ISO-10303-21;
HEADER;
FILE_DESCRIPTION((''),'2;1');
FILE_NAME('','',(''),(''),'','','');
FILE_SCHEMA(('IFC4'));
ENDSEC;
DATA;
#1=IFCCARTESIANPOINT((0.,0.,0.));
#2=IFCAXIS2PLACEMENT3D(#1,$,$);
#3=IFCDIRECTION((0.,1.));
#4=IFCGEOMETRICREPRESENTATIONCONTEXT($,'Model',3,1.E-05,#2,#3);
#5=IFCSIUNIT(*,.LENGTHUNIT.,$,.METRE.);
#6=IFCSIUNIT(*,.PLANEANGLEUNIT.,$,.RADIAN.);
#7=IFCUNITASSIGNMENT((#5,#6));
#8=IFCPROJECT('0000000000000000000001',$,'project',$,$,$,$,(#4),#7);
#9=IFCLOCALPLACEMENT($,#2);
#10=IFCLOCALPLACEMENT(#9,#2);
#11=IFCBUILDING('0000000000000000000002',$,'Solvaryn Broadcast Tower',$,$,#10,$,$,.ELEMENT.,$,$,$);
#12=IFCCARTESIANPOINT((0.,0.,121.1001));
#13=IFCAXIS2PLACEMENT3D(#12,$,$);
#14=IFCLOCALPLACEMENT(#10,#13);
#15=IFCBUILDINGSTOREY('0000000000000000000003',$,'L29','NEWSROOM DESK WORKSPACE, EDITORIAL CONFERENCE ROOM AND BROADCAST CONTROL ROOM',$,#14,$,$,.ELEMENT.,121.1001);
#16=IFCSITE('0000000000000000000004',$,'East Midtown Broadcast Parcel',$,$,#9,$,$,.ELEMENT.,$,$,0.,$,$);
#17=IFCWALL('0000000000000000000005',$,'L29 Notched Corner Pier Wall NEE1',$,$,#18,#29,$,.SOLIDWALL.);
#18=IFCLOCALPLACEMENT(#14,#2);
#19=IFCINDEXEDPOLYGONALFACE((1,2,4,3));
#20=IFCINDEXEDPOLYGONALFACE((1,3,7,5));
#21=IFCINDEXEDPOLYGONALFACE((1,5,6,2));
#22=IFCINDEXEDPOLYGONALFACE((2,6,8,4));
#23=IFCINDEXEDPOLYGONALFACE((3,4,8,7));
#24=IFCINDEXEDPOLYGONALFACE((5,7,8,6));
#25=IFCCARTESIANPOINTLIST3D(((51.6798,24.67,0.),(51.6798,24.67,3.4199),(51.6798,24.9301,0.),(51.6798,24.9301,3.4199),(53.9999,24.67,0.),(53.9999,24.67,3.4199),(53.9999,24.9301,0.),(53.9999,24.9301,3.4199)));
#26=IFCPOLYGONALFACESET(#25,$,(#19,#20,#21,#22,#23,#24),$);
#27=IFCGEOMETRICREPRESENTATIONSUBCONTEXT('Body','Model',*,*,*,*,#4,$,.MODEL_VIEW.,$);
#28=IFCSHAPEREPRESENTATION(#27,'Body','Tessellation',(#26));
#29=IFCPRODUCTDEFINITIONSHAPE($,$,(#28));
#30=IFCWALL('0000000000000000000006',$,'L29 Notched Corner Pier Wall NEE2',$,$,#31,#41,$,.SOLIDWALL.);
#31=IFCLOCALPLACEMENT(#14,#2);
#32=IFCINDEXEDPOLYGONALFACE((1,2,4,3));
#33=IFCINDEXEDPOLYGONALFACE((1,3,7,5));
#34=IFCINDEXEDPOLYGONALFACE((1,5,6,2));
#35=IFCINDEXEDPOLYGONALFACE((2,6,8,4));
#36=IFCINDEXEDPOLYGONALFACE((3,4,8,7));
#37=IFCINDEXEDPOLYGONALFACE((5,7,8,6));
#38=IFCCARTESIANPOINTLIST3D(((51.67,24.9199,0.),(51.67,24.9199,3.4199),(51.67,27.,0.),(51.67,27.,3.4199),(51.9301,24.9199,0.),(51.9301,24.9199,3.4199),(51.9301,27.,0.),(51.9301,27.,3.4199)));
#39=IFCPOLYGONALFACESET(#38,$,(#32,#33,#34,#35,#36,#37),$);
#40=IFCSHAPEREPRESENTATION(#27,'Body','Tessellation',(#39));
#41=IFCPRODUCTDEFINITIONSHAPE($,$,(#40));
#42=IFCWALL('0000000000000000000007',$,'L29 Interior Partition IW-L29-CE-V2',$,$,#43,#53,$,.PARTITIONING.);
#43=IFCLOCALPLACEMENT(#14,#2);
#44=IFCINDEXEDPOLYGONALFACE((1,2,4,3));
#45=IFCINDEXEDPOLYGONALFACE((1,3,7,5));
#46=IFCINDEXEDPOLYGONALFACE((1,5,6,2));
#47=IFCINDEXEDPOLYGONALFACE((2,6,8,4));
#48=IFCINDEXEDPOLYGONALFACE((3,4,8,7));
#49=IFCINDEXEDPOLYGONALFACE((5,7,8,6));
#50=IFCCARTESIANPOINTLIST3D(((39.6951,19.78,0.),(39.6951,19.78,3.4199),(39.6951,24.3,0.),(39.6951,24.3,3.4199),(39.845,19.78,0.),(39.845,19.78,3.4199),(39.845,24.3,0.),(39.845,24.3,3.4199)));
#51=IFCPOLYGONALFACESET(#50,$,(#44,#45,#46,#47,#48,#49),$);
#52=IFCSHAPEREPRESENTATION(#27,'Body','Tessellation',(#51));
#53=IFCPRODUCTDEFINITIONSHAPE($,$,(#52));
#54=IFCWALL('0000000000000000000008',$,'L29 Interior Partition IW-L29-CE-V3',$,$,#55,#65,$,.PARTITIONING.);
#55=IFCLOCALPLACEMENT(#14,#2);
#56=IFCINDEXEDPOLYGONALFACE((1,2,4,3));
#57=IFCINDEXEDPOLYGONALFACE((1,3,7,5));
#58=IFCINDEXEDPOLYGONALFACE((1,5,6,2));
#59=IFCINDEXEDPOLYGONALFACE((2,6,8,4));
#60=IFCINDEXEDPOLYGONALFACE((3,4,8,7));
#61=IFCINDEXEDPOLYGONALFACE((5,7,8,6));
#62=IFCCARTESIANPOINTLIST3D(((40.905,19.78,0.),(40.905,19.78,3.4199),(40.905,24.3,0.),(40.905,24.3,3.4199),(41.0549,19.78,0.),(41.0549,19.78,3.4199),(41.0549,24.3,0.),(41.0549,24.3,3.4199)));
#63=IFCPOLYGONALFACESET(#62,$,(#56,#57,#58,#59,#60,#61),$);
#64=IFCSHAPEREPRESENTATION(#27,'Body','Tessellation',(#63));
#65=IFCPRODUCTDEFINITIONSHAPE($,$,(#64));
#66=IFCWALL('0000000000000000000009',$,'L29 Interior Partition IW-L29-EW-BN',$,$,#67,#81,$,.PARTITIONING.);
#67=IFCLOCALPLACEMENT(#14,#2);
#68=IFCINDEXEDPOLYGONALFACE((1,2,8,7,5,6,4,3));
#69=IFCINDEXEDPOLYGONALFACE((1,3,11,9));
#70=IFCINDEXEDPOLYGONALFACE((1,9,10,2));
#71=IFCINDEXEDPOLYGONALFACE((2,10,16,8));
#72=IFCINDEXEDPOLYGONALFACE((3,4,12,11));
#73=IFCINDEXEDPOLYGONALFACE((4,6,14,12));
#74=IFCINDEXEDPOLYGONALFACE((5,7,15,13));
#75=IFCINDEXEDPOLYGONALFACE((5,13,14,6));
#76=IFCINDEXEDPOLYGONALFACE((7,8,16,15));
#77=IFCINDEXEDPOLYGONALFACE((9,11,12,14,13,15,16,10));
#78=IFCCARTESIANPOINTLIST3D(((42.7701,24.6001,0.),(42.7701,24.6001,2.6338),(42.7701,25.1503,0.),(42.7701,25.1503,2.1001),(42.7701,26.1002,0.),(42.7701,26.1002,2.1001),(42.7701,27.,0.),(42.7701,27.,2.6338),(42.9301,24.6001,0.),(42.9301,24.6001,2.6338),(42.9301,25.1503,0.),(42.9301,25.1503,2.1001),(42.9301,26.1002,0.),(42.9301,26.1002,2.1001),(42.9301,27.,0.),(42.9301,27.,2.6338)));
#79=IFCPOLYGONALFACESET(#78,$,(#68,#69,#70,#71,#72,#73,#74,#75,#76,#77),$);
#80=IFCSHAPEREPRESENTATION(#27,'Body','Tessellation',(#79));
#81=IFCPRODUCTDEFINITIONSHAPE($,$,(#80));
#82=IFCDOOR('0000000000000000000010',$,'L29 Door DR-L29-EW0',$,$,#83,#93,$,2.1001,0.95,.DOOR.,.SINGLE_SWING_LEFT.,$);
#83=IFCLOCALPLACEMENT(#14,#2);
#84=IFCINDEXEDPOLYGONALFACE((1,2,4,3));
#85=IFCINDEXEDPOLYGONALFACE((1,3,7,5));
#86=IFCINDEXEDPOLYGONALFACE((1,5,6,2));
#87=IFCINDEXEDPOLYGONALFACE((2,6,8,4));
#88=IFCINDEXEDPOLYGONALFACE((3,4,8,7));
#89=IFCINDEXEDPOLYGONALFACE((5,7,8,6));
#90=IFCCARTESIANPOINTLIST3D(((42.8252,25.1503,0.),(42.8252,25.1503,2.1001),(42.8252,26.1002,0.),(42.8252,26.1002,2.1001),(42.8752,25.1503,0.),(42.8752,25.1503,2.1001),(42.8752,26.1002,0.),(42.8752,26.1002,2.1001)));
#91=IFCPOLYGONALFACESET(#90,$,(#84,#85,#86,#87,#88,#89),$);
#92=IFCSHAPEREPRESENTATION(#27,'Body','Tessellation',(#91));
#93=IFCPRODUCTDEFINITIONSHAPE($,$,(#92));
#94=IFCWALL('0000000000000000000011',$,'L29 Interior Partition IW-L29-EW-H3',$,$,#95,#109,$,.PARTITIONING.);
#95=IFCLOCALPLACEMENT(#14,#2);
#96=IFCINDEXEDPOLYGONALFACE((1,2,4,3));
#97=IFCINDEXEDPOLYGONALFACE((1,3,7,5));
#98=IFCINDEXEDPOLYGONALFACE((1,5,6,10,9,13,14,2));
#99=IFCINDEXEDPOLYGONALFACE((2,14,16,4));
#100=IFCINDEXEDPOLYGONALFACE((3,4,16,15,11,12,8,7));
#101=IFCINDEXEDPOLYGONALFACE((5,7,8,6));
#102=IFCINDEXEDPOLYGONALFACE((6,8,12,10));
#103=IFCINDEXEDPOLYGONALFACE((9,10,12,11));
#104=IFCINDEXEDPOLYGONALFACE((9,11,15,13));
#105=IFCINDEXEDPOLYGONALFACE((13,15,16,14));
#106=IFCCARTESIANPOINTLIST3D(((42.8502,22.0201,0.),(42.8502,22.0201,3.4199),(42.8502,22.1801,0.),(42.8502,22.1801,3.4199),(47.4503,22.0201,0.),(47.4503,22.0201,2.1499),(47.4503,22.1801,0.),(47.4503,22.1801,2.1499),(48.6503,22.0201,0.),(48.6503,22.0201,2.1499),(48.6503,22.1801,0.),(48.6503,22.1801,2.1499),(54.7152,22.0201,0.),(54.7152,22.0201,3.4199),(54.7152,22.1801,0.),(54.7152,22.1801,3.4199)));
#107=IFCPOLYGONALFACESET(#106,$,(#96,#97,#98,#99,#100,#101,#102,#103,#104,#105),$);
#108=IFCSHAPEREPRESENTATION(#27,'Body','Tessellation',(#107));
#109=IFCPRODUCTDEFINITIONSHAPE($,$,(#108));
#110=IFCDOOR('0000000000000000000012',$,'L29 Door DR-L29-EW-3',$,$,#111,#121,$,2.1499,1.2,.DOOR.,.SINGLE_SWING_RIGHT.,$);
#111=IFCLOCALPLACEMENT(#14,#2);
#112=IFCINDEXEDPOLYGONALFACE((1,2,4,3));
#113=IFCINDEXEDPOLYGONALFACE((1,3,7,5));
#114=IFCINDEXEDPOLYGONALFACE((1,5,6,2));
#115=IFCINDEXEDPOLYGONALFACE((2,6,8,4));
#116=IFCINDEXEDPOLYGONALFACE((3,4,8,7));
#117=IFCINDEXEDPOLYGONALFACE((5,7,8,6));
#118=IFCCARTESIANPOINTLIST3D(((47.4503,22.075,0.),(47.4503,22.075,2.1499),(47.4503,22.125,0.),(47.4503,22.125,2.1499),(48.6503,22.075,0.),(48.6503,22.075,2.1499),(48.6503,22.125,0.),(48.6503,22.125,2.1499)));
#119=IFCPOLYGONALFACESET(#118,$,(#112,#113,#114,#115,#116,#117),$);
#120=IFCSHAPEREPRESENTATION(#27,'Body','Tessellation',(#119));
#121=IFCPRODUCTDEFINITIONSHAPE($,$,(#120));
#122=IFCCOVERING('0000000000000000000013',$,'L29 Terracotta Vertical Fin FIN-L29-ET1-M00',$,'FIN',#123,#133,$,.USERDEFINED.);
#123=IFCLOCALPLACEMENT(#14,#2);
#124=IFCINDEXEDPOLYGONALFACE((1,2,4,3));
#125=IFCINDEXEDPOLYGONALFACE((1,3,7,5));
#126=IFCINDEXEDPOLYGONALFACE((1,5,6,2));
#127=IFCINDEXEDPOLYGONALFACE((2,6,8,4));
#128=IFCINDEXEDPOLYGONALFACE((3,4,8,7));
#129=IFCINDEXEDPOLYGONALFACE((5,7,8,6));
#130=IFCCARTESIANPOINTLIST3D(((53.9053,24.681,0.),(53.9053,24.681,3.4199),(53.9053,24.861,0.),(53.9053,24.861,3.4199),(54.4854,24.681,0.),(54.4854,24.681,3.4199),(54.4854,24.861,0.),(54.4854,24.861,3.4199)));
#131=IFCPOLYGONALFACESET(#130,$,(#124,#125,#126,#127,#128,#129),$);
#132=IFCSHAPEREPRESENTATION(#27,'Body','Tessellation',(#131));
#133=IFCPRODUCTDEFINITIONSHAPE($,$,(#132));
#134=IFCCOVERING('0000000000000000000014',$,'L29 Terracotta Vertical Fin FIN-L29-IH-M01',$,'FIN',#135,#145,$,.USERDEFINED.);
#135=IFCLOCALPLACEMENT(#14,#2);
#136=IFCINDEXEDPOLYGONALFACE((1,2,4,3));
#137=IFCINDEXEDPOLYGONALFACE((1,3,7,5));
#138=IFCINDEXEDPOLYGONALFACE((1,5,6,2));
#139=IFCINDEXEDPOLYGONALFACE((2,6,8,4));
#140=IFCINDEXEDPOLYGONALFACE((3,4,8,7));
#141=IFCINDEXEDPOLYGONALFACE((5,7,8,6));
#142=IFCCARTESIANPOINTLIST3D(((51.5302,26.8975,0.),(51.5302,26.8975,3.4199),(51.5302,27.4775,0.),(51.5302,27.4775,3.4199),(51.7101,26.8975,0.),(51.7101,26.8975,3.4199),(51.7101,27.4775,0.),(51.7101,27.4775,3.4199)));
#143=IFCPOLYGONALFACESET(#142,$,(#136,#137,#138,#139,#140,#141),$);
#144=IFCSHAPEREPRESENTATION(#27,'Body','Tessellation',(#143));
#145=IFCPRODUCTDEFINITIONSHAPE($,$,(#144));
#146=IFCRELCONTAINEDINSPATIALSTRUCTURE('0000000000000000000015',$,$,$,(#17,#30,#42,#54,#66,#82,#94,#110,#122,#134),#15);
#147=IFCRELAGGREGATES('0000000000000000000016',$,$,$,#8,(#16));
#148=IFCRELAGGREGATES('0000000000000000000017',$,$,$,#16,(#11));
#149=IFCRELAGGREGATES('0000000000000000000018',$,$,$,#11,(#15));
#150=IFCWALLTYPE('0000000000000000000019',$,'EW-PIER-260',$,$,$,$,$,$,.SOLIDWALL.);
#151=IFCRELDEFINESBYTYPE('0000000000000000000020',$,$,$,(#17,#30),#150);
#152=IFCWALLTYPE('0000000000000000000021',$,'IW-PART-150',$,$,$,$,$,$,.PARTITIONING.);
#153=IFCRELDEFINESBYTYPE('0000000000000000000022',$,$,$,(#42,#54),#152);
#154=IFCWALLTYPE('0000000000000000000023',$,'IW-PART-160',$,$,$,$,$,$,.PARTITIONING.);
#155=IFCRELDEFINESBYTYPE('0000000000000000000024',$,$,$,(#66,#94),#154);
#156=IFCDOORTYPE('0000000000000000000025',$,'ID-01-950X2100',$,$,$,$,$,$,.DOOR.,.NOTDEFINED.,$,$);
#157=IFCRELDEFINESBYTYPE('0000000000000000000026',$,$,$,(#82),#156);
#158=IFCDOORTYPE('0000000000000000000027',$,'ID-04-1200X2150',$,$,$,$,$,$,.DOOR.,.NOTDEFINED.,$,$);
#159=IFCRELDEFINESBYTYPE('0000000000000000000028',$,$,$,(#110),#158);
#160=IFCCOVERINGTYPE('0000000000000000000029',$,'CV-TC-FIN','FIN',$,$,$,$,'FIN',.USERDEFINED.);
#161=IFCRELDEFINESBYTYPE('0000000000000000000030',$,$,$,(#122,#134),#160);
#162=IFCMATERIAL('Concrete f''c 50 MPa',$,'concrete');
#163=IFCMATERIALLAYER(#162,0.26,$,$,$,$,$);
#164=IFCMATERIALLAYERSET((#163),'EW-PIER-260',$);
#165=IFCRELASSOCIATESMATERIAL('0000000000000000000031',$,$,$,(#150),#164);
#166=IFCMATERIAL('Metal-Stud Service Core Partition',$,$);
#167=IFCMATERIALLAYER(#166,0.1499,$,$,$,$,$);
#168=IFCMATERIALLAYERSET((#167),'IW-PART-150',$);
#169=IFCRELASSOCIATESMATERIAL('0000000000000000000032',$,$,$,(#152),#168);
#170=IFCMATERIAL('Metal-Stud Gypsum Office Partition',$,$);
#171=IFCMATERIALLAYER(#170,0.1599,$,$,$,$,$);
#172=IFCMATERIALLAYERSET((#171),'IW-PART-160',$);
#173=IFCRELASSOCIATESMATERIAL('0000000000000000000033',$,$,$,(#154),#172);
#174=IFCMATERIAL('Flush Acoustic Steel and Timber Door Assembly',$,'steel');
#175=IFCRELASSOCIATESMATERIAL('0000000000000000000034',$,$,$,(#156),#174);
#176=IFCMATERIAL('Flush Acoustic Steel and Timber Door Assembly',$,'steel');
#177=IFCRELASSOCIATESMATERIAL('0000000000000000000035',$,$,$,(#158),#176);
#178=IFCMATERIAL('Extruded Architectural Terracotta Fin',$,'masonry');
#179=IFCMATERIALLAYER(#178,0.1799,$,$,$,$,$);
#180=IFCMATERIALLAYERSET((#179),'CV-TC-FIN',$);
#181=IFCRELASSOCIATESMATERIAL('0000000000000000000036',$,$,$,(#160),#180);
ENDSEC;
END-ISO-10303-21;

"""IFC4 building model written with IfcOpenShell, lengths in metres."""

from ifc_helpers import new_model, si_unit, direction, frame, frame_2d, origin, origin_2d, place, context, subcontext, project, spatial, rectangle, extrude, material, layer, layer_set, type_object, element, fill, save


model = new_model("IFC4")

# Units and contexts
model_context = context("Model", 3, precision=1e-05, world=origin(), true_north=direction((0.0, 1.0)))
body_context = subcontext(model_context, "Body", "Model", "MODEL_VIEW")
ifc_project = project(units=[si_unit("LENGTHUNIT", "METRE"), si_unit("PLANEANGLEUNIT", "RADIAN")], contexts=[model_context])

# Site, building, storey
site_placement = place(None, origin())
site = spatial("IfcSite", under=ifc_project, at=site_placement, Name="East Midtown Broadcast Parcel", CompositionType="ELEMENT", RefElevation=0.0)
building_placement = place(site_placement, origin())
building = spatial("IfcBuilding", under=site, at=building_placement, Name="Solvaryn Broadcast Tower", CompositionType="ELEMENT")
storey_placement = place(building_placement, frame((0.0, 0.0, 121.1001)))
storey = spatial("IfcBuildingStorey", under=building, at=storey_placement, Name="L29", Description="NEWSROOM DESK WORKSPACE, EDITORIAL CONFERENCE ROOM AND BROADCAST CONTROL ROOM", CompositionType="ELEMENT", Elevation=121.1001)

# Walls
ifc_material_1 = material(Name="Concrete f'c 50 MPa", Category="concrete")
ifc_layer_1 = layer(ifc_material_1, 0.26)
ifc_layer_set_1 = layer_set([ifc_layer_1], Name="EW-PIER-260")
wall_type_1 = type_object("IfcWallType", Name="EW-PIER-260", PredefinedType="SOLIDWALL", material=ifc_layer_set_1)
wall_1_placement = place(storey_placement, frame((54.0, 24.8, 0.0), z_axis=(0.0, 0.0, 1.0), x_axis=(-1.0, 0.0, 0.0)))
element("IfcWall", 1, at=wall_1_placement, inside=storey, type_object=wall_type_1, Name="L29 Notched Corner Pier Wall NEE1", PredefinedType="SOLIDWALL", context=body_context, shape_type="SweptSolid", body=[
    extrude(rectangle(XDim=2.3201, YDim=0.26, at=frame_2d((1.1602, 0.0))), origin(), (0.0, 0.0, 1.0), 3.4199),
])
wall_2_placement = place(storey_placement, frame((51.8, 24.9199, 0.0), z_axis=(0.0, 0.0, 1.0), x_axis=(0.0, 1.0, 0.0)))
element("IfcWall", 2, at=wall_2_placement, inside=storey, type_object=wall_type_1, Name="L29 Notched Corner Pier Wall NEE2", PredefinedType="SOLIDWALL", context=body_context, shape_type="SweptSolid", body=[
    extrude(rectangle(XDim=2.0801, YDim=0.26, at=frame_2d((1.04, 0.0))), origin(), (0.0, 0.0, 1.0), 3.4199),
])
ifc_material_2 = material(Name="Metal-Stud Service Core Partition")
ifc_layer_2 = layer(ifc_material_2, 0.1499)
ifc_layer_set_2 = layer_set([ifc_layer_2], Name="IW-PART-150")
wall_type_2 = type_object("IfcWallType", Name="IW-PART-150", PredefinedType="PARTITIONING", material=ifc_layer_set_2)
for number, where, z_axis, x_axis, name in (
    (3, (39.77, 19.78, 0.0), (0.0, 0.0, 1.0), (0.0, 1.0, 0.0), "L29 Interior Partition IW-L29-CE-V2"),
    (4, (40.98, 19.78, 0.0), (0.0, 0.0, 1.0), (0.0, 1.0, 0.0), "L29 Interior Partition IW-L29-CE-V3"),
):
    element("IfcWall", number, at=place(storey_placement, frame(where, z_axis=z_axis, x_axis=x_axis)), inside=storey, type_object=wall_type_2, Name=name, PredefinedType="PARTITIONING", context=body_context, shape_type="SweptSolid", body=[
        extrude(rectangle(XDim=4.52, YDim=0.1499, at=frame_2d((2.26, 0.0))), origin(), (0.0, 0.0, 1.0), 3.4199),
    ])

# Walls, openings, doors
ifc_material_3 = material(Name="Metal-Stud Gypsum Office Partition")
ifc_layer_3 = layer(ifc_material_3, 0.1599)
ifc_layer_set_3 = layer_set([ifc_layer_3], Name="IW-PART-160")
wall_type_3 = type_object("IfcWallType", Name="IW-PART-160", PredefinedType="PARTITIONING", material=ifc_layer_set_3)
wall_3_placement = place(storey_placement, frame((42.8501, 24.6001, 0.0), z_axis=(0.0, 0.0, 1.0), x_axis=(0.0, 1.0, 0.0)))
wall_3 = element("IfcWall", 5, at=wall_3_placement, inside=storey, type_object=wall_type_3, Name="L29 Interior Partition IW-L29-EW-BN", PredefinedType="PARTITIONING", context=body_context, shape_type="SweptSolid", body=[
    extrude(rectangle(XDim=2.3999, YDim=0.1599, at=frame_2d((1.2, 0.0))), origin(), (0.0, 0.0, 1.0), 2.6338),
])
opening_1_placement = place(wall_3_placement, frame((0.55, 0.0, 0.0)))
opening_1 = element("IfcOpeningElement", 6, at=opening_1_placement, cuts=wall_3, PredefinedType="OPENING", context=body_context, shape_type="SweptSolid", body=[
    extrude(rectangle(XDim=0.95, YDim=2.1001, at=frame_2d((0.4751, 1.05))), frame((0.0, 0.0901, 0.0), z_axis=(0.0, -1.0, 0.0), x_axis=(1.0, 0.0, 0.0)), (0.0, 0.0, 1.0), 0.1799),
])
ifc_material_4 = material(Name="Flush Acoustic Steel and Timber Door Assembly", Category="steel")
door_type_1 = type_object("IfcDoorType", Name="ID-01-950X2100", OperationType="NOTDEFINED", PredefinedType="DOOR", material=ifc_material_4)
door_1_placement = place(opening_1_placement, origin())
door_1 = element("IfcDoor", 7, at=door_1_placement, inside=storey, type_object=door_type_1, Name="L29 Door DR-L29-EW0", OperationType="SINGLE_SWING_LEFT", OverallHeight=2.1001, OverallWidth=0.95, PredefinedType="DOOR", context=body_context, shape_type="SweptSolid", body=[
    extrude(rectangle(XDim=0.95, YDim=2.1001, at=frame_2d((0.4751, 1.05))), frame((0.0, 0.0249, 0.0), z_axis=(0.0, -1.0, 0.0), x_axis=(1.0, 0.0, 0.0)), (0.0, 0.0, 1.0), 0.05),
])
fill(opening_1, door_1)
wall_4_placement = place(storey_placement, frame((42.8501, 22.1001, 0.0), z_axis=(0.0, 0.0, 1.0), x_axis=(1.0, 0.0, 0.0)))
wall_4 = element("IfcWall", 8, at=wall_4_placement, inside=storey, type_object=wall_type_3, Name="L29 Interior Partition IW-L29-EW-H3", PredefinedType="PARTITIONING", context=body_context, shape_type="SweptSolid", body=[
    extrude(rectangle(XDim=11.865, YDim=0.1599, at=frame_2d((5.9326, 0.0))), origin(), (0.0, 0.0, 1.0), 3.4199),
])
opening_2_placement = place(wall_4_placement, frame((4.6001, 0.0, 0.0)))
opening_2 = element("IfcOpeningElement", 9, at=opening_2_placement, cuts=wall_4, PredefinedType="OPENING", context=body_context, shape_type="SweptSolid", body=[
    extrude(rectangle(XDim=1.2, YDim=2.1499, at=frame_2d((0.6001, 1.075))), frame((0.0, 0.0901, 0.0), z_axis=(0.0, -1.0, 0.0), x_axis=(1.0, 0.0, 0.0)), (0.0, 0.0, 1.0), 0.1799),
])
ifc_material_5 = material(Name="Flush Acoustic Steel and Timber Door Assembly", Category="steel")
door_type_2 = type_object("IfcDoorType", Name="ID-04-1200X2150", OperationType="NOTDEFINED", PredefinedType="DOOR", material=ifc_material_5)
door_2_placement = place(opening_2_placement, origin())
door_2 = element("IfcDoor", 10, at=door_2_placement, inside=storey, type_object=door_type_2, Name="L29 Door DR-L29-EW-3", OperationType="SINGLE_SWING_RIGHT", OverallHeight=2.1499, OverallWidth=1.2, PredefinedType="DOOR", context=body_context, shape_type="SweptSolid", body=[
    extrude(rectangle(XDim=1.2, YDim=2.1499, at=frame_2d((0.6001, 1.075))), frame((0.0, 0.0249, 0.0), z_axis=(0.0, -1.0, 0.0), x_axis=(1.0, 0.0, 0.0)), (0.0, 0.0, 1.0), 0.05),
])
fill(opening_2, door_2)

# Coverings
ifc_material_6 = material(Name="Extruded Architectural Terracotta Fin", Category="masonry")
ifc_layer_4 = layer(ifc_material_6, 0.1799)
ifc_layer_set_4 = layer_set([ifc_layer_4], Name="CV-TC-FIN")
covering_type = type_object("IfcCoveringType", Name="CV-TC-FIN", Description="FIN", ElementType="FIN", PredefinedType="USERDEFINED", material=ifc_layer_set_4)
covering_1_placement = place(storey_placement, frame((54.1953, 24.771, 0.0), z_axis=(0.0, 0.0, 1.0), x_axis=(1.0, 0.0, 0.0)))
element("IfcCovering", 11, at=covering_1_placement, inside=storey, type_object=covering_type, Name="L29 Terracotta Vertical Fin FIN-L29-ET1-M00", ObjectType="FIN", PredefinedType="USERDEFINED", context=body_context, shape_type="SweptSolid", body=[
    extrude(rectangle(XDim=0.5801, YDim=0.1799, at=origin_2d()), origin(), (0.0, 0.0, 1.0), 3.4199),
])
covering_2_placement = place(storey_placement, frame((51.6201, 27.1875, 0.0), z_axis=(0.0, 0.0, 1.0), x_axis=(1.0, 0.0, 0.0)))
element("IfcCovering", 12, at=covering_2_placement, inside=storey, type_object=covering_type, Name="L29 Terracotta Vertical Fin FIN-L29-IH-M01", ObjectType="FIN", PredefinedType="USERDEFINED", context=body_context, shape_type="SweptSolid", body=[
    extrude(rectangle(XDim=0.1799, YDim=0.5801, at=origin_2d()), origin(), (0.0, 0.0, 1.0), 3.4199),
])

save(model, "model.ifc")
